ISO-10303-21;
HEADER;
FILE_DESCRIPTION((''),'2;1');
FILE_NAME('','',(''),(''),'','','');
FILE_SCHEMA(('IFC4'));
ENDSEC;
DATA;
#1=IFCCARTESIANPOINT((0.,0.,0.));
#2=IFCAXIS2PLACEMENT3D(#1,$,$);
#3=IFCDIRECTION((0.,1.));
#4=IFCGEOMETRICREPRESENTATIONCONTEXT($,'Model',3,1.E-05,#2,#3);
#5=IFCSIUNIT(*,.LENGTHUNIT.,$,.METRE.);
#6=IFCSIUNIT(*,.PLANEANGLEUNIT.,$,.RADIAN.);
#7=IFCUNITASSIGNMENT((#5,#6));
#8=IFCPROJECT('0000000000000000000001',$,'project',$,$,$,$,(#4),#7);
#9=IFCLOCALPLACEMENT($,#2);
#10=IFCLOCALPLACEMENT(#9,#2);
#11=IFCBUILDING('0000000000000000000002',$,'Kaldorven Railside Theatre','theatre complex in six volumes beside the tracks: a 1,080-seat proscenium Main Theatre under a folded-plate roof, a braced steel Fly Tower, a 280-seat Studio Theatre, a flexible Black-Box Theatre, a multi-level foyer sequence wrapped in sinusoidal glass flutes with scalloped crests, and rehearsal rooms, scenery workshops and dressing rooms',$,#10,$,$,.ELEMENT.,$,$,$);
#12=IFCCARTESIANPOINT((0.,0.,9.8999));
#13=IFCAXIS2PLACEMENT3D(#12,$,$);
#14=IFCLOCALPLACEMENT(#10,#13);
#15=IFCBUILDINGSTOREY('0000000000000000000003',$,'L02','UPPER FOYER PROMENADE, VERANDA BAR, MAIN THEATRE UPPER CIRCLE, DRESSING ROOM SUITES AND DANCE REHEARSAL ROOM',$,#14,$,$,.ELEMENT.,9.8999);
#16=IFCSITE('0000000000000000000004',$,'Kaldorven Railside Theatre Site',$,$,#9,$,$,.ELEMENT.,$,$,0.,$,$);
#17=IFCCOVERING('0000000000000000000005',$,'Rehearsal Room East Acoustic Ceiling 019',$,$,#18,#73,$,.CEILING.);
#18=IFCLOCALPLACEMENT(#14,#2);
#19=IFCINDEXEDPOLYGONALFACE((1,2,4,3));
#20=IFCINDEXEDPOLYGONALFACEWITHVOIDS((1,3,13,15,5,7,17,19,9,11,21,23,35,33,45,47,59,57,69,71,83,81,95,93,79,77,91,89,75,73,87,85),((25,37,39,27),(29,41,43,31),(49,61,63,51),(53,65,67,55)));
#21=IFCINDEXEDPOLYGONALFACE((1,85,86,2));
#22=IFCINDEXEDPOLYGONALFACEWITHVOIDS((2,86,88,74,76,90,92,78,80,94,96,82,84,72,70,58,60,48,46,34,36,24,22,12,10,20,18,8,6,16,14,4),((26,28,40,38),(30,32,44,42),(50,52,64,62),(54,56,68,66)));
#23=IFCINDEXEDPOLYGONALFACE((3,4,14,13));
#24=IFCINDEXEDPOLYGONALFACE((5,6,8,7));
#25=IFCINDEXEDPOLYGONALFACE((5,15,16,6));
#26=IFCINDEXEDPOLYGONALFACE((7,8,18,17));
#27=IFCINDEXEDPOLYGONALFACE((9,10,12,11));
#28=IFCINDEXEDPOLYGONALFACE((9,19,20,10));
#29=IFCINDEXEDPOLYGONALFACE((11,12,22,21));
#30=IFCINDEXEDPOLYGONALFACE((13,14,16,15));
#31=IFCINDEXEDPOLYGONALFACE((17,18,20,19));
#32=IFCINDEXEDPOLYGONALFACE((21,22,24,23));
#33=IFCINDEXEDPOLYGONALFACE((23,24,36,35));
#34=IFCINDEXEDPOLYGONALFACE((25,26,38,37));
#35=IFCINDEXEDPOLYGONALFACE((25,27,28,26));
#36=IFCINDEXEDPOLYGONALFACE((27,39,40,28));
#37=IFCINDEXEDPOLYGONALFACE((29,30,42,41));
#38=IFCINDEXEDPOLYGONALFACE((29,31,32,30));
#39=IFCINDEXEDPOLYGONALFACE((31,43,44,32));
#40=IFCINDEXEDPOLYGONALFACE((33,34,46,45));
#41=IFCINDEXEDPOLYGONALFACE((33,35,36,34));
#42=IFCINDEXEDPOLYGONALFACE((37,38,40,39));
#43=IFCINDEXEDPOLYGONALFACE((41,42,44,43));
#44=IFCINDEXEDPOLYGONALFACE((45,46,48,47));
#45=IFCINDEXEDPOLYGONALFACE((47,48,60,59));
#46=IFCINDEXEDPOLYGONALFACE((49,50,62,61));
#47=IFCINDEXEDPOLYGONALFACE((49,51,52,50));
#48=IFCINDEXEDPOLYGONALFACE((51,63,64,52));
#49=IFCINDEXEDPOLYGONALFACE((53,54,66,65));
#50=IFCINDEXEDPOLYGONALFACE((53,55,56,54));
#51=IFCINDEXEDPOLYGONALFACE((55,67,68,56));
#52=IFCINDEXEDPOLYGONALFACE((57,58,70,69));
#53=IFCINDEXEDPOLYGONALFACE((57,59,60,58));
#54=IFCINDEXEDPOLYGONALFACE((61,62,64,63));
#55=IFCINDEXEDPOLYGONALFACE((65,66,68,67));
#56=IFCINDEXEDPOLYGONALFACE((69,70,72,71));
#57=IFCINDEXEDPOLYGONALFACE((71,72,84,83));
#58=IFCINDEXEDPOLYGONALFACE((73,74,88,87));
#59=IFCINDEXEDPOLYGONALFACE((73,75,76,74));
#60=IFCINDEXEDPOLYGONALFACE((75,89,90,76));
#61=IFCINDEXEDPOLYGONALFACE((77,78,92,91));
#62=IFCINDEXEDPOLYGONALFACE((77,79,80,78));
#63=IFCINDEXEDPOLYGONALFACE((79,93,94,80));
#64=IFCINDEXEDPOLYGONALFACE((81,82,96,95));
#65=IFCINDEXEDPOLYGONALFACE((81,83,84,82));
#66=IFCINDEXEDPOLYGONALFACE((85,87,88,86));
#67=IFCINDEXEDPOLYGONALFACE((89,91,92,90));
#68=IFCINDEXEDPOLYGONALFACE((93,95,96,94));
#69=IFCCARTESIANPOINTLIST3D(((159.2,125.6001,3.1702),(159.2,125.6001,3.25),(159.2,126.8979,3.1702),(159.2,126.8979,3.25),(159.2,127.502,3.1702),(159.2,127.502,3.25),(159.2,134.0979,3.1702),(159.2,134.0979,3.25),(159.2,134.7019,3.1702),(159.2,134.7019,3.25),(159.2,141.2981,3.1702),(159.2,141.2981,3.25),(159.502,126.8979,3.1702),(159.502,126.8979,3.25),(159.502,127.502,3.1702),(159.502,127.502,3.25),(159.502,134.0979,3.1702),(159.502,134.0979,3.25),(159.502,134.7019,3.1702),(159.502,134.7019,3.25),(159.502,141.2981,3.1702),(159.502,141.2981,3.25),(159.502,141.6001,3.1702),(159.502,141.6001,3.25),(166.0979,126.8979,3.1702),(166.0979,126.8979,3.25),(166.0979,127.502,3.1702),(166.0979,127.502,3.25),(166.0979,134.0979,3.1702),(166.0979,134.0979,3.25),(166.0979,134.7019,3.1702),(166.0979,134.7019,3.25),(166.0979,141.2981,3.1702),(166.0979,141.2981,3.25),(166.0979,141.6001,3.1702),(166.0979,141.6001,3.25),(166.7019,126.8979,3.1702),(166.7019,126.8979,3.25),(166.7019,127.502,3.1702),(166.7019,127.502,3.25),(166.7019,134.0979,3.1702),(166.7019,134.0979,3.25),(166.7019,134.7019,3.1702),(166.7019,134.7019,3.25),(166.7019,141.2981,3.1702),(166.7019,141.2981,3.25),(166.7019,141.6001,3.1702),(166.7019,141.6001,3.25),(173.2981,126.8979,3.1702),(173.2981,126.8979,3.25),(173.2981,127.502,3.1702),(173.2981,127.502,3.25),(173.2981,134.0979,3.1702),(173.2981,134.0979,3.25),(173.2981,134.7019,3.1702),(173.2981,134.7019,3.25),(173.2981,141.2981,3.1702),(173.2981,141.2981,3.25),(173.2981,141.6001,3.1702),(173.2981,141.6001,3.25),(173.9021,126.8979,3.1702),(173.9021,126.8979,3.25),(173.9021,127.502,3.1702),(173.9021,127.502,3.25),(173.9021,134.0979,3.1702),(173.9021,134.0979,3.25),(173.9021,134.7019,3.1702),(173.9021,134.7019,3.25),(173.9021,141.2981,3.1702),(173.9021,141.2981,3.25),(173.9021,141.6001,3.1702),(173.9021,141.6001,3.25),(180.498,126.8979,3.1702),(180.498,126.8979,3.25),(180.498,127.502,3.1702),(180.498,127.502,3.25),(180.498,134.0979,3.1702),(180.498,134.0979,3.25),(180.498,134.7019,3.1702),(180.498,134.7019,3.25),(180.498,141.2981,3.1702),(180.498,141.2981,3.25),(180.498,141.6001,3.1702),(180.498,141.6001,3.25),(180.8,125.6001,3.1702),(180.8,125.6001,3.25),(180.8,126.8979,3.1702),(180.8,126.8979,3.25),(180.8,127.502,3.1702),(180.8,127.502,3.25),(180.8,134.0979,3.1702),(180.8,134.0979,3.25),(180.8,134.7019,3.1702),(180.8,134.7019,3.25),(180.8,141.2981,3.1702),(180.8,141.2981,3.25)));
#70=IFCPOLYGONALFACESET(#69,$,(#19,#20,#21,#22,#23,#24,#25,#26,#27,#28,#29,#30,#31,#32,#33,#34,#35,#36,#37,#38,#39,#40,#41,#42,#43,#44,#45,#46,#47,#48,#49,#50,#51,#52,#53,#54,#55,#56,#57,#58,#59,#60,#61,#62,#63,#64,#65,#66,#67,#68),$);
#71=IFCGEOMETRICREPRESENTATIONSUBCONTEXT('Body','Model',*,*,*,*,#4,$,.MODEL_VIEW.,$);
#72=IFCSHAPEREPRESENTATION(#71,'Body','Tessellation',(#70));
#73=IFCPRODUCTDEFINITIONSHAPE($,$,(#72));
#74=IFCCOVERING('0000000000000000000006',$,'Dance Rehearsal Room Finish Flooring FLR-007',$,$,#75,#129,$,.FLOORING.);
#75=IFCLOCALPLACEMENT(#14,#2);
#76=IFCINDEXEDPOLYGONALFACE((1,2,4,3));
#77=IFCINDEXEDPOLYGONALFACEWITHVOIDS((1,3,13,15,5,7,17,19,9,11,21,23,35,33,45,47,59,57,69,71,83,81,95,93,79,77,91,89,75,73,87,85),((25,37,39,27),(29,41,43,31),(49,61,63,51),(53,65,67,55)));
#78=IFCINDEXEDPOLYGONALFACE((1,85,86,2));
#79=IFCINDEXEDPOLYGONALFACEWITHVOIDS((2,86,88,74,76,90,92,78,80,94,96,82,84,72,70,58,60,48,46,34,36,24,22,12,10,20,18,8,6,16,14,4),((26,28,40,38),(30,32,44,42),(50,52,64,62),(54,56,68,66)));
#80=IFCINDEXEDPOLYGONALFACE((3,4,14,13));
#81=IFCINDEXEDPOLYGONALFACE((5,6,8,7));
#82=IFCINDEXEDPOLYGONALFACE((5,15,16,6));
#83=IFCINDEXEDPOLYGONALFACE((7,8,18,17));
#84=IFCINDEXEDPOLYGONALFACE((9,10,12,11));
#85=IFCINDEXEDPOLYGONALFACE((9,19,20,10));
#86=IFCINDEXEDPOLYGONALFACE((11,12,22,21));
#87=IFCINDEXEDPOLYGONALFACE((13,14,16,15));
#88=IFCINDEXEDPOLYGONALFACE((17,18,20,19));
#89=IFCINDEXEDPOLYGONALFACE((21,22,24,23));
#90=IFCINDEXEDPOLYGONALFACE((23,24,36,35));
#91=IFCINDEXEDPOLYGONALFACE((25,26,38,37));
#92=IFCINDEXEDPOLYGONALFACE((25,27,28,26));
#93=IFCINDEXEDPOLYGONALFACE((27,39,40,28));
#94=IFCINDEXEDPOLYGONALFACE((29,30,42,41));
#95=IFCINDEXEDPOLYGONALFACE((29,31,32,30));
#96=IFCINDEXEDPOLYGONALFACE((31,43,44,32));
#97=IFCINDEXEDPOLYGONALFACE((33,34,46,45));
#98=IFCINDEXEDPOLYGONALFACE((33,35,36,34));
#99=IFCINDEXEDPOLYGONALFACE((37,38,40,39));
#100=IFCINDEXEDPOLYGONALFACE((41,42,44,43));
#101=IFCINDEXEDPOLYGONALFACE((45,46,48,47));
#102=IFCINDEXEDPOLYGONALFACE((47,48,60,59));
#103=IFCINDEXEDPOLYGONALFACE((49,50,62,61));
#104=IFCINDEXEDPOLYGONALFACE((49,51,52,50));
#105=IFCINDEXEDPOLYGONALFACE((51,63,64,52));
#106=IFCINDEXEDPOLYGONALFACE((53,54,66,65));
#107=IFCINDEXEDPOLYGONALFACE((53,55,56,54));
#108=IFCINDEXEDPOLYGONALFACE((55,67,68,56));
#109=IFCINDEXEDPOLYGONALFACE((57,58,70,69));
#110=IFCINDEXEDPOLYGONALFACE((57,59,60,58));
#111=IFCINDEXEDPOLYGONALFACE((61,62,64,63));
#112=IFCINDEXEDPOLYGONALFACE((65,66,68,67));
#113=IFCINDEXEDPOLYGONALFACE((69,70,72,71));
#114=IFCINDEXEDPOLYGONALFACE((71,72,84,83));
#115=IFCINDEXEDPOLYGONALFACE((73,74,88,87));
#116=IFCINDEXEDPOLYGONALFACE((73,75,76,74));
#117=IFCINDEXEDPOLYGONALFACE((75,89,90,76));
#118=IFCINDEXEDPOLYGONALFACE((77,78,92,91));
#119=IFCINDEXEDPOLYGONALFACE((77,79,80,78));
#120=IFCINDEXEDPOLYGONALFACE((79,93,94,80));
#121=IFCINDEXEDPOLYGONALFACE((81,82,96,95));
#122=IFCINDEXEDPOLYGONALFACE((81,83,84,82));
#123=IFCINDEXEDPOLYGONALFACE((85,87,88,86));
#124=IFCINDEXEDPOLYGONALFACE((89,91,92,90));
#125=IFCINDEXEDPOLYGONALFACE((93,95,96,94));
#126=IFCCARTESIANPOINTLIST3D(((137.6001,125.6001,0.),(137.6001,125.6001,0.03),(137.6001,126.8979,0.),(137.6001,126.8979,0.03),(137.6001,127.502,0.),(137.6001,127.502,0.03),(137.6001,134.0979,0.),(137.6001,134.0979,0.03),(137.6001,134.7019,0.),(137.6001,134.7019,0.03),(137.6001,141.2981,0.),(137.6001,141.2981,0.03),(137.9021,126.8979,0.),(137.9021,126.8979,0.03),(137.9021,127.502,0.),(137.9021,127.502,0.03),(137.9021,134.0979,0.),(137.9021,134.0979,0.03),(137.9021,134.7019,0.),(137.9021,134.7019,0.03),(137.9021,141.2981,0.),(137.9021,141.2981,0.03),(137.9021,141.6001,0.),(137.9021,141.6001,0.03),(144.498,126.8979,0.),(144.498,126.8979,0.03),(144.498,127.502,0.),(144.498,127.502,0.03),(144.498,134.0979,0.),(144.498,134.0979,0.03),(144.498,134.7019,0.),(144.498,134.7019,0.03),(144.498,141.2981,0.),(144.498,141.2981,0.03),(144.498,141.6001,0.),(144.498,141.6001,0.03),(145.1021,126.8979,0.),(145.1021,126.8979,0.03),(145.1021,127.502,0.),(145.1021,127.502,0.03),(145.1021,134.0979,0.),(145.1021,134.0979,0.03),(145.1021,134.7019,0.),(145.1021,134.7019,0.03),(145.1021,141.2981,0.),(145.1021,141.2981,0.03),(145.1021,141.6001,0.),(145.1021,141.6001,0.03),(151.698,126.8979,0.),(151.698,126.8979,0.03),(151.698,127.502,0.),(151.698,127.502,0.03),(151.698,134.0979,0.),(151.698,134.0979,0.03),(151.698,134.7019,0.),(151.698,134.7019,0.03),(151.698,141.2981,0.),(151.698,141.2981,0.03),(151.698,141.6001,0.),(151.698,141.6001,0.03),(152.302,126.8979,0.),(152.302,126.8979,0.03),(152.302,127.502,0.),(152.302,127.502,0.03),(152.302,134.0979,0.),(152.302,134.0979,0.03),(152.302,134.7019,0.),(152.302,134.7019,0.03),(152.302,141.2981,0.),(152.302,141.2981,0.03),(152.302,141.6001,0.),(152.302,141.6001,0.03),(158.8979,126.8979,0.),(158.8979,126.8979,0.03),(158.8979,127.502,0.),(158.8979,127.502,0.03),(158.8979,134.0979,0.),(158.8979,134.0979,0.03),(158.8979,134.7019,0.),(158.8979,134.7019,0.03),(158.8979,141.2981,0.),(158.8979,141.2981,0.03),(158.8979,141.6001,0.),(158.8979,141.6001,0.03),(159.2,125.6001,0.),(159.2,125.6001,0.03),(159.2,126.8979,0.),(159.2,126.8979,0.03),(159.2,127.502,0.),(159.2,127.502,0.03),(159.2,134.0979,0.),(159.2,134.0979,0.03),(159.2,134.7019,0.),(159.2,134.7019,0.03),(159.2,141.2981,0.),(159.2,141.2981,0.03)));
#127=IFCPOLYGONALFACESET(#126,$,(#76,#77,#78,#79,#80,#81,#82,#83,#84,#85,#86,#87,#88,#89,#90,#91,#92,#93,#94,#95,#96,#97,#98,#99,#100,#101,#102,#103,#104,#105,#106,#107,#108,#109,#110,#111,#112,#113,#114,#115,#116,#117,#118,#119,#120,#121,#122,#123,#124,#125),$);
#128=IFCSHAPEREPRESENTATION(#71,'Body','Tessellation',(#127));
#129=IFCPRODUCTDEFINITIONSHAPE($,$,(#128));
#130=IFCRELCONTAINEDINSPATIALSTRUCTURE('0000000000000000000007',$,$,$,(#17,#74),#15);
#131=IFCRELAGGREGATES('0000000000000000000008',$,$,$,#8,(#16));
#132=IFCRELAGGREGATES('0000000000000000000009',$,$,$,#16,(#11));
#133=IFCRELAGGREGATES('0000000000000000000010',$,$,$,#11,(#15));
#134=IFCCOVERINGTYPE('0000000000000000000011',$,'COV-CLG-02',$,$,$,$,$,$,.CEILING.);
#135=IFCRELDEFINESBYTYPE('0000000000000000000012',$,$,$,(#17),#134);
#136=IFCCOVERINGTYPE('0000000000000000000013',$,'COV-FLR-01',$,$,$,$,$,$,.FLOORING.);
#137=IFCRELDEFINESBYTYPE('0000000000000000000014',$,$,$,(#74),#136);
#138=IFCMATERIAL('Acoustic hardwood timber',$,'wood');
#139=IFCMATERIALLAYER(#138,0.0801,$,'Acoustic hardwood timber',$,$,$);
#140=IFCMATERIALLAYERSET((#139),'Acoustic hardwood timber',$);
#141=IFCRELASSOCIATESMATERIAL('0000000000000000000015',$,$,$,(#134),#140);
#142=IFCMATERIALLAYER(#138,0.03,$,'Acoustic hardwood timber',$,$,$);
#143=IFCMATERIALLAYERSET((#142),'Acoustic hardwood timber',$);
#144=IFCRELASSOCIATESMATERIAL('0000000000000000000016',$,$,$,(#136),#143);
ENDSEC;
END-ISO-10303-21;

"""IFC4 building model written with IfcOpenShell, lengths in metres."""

from ifc_helpers import new_model, si_unit, direction, frame, origin, place, context, subcontext, project, spatial, polyline, outline, extrude, material, layer, layer_set, type_object, element, save


model = new_model("IFC4")

# Units and contexts
model_context = context("Model", 3, precision=1e-05, world=origin(), true_north=direction((0.0, 1.0)))
body_context = subcontext(model_context, "Body", "Model", "MODEL_VIEW")
ifc_project = project(units=[si_unit("LENGTHUNIT", "METRE"), si_unit("PLANEANGLEUNIT", "RADIAN")], contexts=[model_context])

# Site, building, storey
site_placement = place(None, origin())
site = spatial("IfcSite", under=ifc_project, at=site_placement, Name="Kaldorven Railside Theatre Site", CompositionType="ELEMENT", RefElevation=0.0)
building_placement = place(site_placement, origin())
building = spatial("IfcBuilding", under=site, at=building_placement, Name="Kaldorven Railside Theatre", Description="theatre complex in six volumes beside the tracks: a 1,080-seat proscenium Main Theatre under a folded-plate roof, a braced steel Fly Tower, a 280-seat Studio Theatre, a flexible Black-Box Theatre, a multi-level foyer sequence wrapped in sinusoidal glass flutes with scalloped crests, and rehearsal rooms, scenery workshops and dressing rooms", CompositionType="ELEMENT")
storey_placement = place(building_placement, frame((0.0, 0.0, 9.8999)))
storey = spatial("IfcBuildingStorey", under=building, at=storey_placement, Name="L02", Description="UPPER FOYER PROMENADE, VERANDA BAR, MAIN THEATRE UPPER CIRCLE, DRESSING ROOM SUITES AND DANCE REHEARSAL ROOM", CompositionType="ELEMENT", Elevation=9.8999)

# Coverings
ifc_material_1 = material(Name="Acoustic hardwood timber", Category="wood")
ifc_layer_1 = layer(ifc_material_1, 0.0801, Name="Acoustic hardwood timber")
ifc_layer_set_1 = layer_set([ifc_layer_1], Name="Acoustic hardwood timber")
covering_type_1 = type_object("IfcCoveringType", Name="COV-CLG-02", PredefinedType="CEILING", material=ifc_layer_set_1)
covering_1_placement = place(storey_placement, frame((0.0, 0.0, 3.1702)))
element("IfcCovering", 1, at=covering_1_placement, inside=storey, type_object=covering_type_1, Name="Rehearsal Room East Acoustic Ceiling 019", PredefinedType="CEILING", context=body_context, shape_type="SweptSolid", body=[
    extrude(outline(polyline([(180.8, 125.6001), (159.2, 125.6001), (159.2, 126.8979), (159.502, 126.8979), (159.502, 127.502), (159.2, 127.502), (159.2, 134.0979), (159.502, 134.0979), (159.502, 134.7019), (159.2, 134.7019), (159.2, 141.2981), (159.502, 141.2981), (159.502, 141.6001), (166.0979, 141.6001), (166.0979, 141.2981), (166.7019, 141.2981), (166.7019, 141.6001), (173.2981, 141.6001), (173.2981, 141.2981), (173.9021, 141.2981), (173.9021, 141.6001), (180.498, 141.6001), (180.498, 141.2981), (180.8, 141.2981), (180.8, 134.7019), (180.498, 134.7019), (180.498, 134.0979), (180.8, 134.0979), (180.8, 127.502), (180.498, 127.502), (180.498, 126.8979), (180.8, 126.8979), (180.8, 125.6001)]), holes=[polyline([(173.9021, 127.502), (173.2981, 127.502), (173.2981, 126.8979), (173.9021, 126.8979), (173.9021, 127.502)]), polyline([(166.7019, 127.502), (166.0979, 127.502), (166.0979, 126.8979), (166.7019, 126.8979), (166.7019, 127.502)]), polyline([(166.7019, 134.7019), (166.0979, 134.7019), (166.0979, 134.0979), (166.7019, 134.0979), (166.7019, 134.7019)]), polyline([(173.2981, 134.7019), (173.2981, 134.0979), (173.9021, 134.0979), (173.9021, 134.7019), (173.2981, 134.7019)])]), origin(), (0.0, 0.0, 1.0), 0.0798),
])
ifc_layer_2 = layer(ifc_material_1, 0.03, Name="Acoustic hardwood timber")
ifc_layer_set_2 = layer_set([ifc_layer_2], Name="Acoustic hardwood timber")
covering_type_2 = type_object("IfcCoveringType", Name="COV-FLR-01", PredefinedType="FLOORING", material=ifc_layer_set_2)
covering_2_placement = place(storey_placement, origin())
element("IfcCovering", 2, at=covering_2_placement, inside=storey, type_object=covering_type_2, Name="Dance Rehearsal Room Finish Flooring FLR-007", PredefinedType="FLOORING", context=body_context, shape_type="SweptSolid", body=[
    extrude(outline(polyline([(159.2, 125.6001), (137.6001, 125.6001), (137.6001, 126.8979), (137.9021, 126.8979), (137.9021, 127.502), (137.6001, 127.502), (137.6001, 134.0979), (137.9021, 134.0979), (137.9021, 134.7019), (137.6001, 134.7019), (137.6001, 141.2981), (137.9021, 141.2981), (137.9021, 141.6001), (144.498, 141.6001), (144.498, 141.2981), (145.1021, 141.2981), (145.1021, 141.6001), (151.698, 141.6001), (151.698, 141.2981), (152.302, 141.2981), (152.302, 141.6001), (158.8979, 141.6001), (158.8979, 141.2981), (159.2, 141.2981), (159.2, 134.7019), (158.8979, 134.7019), (158.8979, 134.0979), (159.2, 134.0979), (159.2, 127.502), (158.8979, 127.502), (158.8979, 126.8979), (159.2, 126.8979), (159.2, 125.6001)]), holes=[polyline([(151.698, 127.502), (151.698, 126.8979), (152.302, 126.8979), (152.302, 127.502), (151.698, 127.502)]), polyline([(145.1021, 127.502), (144.498, 127.502), (144.498, 126.8979), (145.1021, 126.8979), (145.1021, 127.502)]), polyline([(151.698, 134.7019), (151.698, 134.0979), (152.302, 134.0979), (152.302, 134.7019), (151.698, 134.7019)]), polyline([(145.1021, 134.7019), (144.498, 134.7019), (144.498, 134.0979), (145.1021, 134.0979), (145.1021, 134.7019)])]), origin(), (0.0, 0.0, 1.0), 0.03),
])

save(model, "model.ifc")
